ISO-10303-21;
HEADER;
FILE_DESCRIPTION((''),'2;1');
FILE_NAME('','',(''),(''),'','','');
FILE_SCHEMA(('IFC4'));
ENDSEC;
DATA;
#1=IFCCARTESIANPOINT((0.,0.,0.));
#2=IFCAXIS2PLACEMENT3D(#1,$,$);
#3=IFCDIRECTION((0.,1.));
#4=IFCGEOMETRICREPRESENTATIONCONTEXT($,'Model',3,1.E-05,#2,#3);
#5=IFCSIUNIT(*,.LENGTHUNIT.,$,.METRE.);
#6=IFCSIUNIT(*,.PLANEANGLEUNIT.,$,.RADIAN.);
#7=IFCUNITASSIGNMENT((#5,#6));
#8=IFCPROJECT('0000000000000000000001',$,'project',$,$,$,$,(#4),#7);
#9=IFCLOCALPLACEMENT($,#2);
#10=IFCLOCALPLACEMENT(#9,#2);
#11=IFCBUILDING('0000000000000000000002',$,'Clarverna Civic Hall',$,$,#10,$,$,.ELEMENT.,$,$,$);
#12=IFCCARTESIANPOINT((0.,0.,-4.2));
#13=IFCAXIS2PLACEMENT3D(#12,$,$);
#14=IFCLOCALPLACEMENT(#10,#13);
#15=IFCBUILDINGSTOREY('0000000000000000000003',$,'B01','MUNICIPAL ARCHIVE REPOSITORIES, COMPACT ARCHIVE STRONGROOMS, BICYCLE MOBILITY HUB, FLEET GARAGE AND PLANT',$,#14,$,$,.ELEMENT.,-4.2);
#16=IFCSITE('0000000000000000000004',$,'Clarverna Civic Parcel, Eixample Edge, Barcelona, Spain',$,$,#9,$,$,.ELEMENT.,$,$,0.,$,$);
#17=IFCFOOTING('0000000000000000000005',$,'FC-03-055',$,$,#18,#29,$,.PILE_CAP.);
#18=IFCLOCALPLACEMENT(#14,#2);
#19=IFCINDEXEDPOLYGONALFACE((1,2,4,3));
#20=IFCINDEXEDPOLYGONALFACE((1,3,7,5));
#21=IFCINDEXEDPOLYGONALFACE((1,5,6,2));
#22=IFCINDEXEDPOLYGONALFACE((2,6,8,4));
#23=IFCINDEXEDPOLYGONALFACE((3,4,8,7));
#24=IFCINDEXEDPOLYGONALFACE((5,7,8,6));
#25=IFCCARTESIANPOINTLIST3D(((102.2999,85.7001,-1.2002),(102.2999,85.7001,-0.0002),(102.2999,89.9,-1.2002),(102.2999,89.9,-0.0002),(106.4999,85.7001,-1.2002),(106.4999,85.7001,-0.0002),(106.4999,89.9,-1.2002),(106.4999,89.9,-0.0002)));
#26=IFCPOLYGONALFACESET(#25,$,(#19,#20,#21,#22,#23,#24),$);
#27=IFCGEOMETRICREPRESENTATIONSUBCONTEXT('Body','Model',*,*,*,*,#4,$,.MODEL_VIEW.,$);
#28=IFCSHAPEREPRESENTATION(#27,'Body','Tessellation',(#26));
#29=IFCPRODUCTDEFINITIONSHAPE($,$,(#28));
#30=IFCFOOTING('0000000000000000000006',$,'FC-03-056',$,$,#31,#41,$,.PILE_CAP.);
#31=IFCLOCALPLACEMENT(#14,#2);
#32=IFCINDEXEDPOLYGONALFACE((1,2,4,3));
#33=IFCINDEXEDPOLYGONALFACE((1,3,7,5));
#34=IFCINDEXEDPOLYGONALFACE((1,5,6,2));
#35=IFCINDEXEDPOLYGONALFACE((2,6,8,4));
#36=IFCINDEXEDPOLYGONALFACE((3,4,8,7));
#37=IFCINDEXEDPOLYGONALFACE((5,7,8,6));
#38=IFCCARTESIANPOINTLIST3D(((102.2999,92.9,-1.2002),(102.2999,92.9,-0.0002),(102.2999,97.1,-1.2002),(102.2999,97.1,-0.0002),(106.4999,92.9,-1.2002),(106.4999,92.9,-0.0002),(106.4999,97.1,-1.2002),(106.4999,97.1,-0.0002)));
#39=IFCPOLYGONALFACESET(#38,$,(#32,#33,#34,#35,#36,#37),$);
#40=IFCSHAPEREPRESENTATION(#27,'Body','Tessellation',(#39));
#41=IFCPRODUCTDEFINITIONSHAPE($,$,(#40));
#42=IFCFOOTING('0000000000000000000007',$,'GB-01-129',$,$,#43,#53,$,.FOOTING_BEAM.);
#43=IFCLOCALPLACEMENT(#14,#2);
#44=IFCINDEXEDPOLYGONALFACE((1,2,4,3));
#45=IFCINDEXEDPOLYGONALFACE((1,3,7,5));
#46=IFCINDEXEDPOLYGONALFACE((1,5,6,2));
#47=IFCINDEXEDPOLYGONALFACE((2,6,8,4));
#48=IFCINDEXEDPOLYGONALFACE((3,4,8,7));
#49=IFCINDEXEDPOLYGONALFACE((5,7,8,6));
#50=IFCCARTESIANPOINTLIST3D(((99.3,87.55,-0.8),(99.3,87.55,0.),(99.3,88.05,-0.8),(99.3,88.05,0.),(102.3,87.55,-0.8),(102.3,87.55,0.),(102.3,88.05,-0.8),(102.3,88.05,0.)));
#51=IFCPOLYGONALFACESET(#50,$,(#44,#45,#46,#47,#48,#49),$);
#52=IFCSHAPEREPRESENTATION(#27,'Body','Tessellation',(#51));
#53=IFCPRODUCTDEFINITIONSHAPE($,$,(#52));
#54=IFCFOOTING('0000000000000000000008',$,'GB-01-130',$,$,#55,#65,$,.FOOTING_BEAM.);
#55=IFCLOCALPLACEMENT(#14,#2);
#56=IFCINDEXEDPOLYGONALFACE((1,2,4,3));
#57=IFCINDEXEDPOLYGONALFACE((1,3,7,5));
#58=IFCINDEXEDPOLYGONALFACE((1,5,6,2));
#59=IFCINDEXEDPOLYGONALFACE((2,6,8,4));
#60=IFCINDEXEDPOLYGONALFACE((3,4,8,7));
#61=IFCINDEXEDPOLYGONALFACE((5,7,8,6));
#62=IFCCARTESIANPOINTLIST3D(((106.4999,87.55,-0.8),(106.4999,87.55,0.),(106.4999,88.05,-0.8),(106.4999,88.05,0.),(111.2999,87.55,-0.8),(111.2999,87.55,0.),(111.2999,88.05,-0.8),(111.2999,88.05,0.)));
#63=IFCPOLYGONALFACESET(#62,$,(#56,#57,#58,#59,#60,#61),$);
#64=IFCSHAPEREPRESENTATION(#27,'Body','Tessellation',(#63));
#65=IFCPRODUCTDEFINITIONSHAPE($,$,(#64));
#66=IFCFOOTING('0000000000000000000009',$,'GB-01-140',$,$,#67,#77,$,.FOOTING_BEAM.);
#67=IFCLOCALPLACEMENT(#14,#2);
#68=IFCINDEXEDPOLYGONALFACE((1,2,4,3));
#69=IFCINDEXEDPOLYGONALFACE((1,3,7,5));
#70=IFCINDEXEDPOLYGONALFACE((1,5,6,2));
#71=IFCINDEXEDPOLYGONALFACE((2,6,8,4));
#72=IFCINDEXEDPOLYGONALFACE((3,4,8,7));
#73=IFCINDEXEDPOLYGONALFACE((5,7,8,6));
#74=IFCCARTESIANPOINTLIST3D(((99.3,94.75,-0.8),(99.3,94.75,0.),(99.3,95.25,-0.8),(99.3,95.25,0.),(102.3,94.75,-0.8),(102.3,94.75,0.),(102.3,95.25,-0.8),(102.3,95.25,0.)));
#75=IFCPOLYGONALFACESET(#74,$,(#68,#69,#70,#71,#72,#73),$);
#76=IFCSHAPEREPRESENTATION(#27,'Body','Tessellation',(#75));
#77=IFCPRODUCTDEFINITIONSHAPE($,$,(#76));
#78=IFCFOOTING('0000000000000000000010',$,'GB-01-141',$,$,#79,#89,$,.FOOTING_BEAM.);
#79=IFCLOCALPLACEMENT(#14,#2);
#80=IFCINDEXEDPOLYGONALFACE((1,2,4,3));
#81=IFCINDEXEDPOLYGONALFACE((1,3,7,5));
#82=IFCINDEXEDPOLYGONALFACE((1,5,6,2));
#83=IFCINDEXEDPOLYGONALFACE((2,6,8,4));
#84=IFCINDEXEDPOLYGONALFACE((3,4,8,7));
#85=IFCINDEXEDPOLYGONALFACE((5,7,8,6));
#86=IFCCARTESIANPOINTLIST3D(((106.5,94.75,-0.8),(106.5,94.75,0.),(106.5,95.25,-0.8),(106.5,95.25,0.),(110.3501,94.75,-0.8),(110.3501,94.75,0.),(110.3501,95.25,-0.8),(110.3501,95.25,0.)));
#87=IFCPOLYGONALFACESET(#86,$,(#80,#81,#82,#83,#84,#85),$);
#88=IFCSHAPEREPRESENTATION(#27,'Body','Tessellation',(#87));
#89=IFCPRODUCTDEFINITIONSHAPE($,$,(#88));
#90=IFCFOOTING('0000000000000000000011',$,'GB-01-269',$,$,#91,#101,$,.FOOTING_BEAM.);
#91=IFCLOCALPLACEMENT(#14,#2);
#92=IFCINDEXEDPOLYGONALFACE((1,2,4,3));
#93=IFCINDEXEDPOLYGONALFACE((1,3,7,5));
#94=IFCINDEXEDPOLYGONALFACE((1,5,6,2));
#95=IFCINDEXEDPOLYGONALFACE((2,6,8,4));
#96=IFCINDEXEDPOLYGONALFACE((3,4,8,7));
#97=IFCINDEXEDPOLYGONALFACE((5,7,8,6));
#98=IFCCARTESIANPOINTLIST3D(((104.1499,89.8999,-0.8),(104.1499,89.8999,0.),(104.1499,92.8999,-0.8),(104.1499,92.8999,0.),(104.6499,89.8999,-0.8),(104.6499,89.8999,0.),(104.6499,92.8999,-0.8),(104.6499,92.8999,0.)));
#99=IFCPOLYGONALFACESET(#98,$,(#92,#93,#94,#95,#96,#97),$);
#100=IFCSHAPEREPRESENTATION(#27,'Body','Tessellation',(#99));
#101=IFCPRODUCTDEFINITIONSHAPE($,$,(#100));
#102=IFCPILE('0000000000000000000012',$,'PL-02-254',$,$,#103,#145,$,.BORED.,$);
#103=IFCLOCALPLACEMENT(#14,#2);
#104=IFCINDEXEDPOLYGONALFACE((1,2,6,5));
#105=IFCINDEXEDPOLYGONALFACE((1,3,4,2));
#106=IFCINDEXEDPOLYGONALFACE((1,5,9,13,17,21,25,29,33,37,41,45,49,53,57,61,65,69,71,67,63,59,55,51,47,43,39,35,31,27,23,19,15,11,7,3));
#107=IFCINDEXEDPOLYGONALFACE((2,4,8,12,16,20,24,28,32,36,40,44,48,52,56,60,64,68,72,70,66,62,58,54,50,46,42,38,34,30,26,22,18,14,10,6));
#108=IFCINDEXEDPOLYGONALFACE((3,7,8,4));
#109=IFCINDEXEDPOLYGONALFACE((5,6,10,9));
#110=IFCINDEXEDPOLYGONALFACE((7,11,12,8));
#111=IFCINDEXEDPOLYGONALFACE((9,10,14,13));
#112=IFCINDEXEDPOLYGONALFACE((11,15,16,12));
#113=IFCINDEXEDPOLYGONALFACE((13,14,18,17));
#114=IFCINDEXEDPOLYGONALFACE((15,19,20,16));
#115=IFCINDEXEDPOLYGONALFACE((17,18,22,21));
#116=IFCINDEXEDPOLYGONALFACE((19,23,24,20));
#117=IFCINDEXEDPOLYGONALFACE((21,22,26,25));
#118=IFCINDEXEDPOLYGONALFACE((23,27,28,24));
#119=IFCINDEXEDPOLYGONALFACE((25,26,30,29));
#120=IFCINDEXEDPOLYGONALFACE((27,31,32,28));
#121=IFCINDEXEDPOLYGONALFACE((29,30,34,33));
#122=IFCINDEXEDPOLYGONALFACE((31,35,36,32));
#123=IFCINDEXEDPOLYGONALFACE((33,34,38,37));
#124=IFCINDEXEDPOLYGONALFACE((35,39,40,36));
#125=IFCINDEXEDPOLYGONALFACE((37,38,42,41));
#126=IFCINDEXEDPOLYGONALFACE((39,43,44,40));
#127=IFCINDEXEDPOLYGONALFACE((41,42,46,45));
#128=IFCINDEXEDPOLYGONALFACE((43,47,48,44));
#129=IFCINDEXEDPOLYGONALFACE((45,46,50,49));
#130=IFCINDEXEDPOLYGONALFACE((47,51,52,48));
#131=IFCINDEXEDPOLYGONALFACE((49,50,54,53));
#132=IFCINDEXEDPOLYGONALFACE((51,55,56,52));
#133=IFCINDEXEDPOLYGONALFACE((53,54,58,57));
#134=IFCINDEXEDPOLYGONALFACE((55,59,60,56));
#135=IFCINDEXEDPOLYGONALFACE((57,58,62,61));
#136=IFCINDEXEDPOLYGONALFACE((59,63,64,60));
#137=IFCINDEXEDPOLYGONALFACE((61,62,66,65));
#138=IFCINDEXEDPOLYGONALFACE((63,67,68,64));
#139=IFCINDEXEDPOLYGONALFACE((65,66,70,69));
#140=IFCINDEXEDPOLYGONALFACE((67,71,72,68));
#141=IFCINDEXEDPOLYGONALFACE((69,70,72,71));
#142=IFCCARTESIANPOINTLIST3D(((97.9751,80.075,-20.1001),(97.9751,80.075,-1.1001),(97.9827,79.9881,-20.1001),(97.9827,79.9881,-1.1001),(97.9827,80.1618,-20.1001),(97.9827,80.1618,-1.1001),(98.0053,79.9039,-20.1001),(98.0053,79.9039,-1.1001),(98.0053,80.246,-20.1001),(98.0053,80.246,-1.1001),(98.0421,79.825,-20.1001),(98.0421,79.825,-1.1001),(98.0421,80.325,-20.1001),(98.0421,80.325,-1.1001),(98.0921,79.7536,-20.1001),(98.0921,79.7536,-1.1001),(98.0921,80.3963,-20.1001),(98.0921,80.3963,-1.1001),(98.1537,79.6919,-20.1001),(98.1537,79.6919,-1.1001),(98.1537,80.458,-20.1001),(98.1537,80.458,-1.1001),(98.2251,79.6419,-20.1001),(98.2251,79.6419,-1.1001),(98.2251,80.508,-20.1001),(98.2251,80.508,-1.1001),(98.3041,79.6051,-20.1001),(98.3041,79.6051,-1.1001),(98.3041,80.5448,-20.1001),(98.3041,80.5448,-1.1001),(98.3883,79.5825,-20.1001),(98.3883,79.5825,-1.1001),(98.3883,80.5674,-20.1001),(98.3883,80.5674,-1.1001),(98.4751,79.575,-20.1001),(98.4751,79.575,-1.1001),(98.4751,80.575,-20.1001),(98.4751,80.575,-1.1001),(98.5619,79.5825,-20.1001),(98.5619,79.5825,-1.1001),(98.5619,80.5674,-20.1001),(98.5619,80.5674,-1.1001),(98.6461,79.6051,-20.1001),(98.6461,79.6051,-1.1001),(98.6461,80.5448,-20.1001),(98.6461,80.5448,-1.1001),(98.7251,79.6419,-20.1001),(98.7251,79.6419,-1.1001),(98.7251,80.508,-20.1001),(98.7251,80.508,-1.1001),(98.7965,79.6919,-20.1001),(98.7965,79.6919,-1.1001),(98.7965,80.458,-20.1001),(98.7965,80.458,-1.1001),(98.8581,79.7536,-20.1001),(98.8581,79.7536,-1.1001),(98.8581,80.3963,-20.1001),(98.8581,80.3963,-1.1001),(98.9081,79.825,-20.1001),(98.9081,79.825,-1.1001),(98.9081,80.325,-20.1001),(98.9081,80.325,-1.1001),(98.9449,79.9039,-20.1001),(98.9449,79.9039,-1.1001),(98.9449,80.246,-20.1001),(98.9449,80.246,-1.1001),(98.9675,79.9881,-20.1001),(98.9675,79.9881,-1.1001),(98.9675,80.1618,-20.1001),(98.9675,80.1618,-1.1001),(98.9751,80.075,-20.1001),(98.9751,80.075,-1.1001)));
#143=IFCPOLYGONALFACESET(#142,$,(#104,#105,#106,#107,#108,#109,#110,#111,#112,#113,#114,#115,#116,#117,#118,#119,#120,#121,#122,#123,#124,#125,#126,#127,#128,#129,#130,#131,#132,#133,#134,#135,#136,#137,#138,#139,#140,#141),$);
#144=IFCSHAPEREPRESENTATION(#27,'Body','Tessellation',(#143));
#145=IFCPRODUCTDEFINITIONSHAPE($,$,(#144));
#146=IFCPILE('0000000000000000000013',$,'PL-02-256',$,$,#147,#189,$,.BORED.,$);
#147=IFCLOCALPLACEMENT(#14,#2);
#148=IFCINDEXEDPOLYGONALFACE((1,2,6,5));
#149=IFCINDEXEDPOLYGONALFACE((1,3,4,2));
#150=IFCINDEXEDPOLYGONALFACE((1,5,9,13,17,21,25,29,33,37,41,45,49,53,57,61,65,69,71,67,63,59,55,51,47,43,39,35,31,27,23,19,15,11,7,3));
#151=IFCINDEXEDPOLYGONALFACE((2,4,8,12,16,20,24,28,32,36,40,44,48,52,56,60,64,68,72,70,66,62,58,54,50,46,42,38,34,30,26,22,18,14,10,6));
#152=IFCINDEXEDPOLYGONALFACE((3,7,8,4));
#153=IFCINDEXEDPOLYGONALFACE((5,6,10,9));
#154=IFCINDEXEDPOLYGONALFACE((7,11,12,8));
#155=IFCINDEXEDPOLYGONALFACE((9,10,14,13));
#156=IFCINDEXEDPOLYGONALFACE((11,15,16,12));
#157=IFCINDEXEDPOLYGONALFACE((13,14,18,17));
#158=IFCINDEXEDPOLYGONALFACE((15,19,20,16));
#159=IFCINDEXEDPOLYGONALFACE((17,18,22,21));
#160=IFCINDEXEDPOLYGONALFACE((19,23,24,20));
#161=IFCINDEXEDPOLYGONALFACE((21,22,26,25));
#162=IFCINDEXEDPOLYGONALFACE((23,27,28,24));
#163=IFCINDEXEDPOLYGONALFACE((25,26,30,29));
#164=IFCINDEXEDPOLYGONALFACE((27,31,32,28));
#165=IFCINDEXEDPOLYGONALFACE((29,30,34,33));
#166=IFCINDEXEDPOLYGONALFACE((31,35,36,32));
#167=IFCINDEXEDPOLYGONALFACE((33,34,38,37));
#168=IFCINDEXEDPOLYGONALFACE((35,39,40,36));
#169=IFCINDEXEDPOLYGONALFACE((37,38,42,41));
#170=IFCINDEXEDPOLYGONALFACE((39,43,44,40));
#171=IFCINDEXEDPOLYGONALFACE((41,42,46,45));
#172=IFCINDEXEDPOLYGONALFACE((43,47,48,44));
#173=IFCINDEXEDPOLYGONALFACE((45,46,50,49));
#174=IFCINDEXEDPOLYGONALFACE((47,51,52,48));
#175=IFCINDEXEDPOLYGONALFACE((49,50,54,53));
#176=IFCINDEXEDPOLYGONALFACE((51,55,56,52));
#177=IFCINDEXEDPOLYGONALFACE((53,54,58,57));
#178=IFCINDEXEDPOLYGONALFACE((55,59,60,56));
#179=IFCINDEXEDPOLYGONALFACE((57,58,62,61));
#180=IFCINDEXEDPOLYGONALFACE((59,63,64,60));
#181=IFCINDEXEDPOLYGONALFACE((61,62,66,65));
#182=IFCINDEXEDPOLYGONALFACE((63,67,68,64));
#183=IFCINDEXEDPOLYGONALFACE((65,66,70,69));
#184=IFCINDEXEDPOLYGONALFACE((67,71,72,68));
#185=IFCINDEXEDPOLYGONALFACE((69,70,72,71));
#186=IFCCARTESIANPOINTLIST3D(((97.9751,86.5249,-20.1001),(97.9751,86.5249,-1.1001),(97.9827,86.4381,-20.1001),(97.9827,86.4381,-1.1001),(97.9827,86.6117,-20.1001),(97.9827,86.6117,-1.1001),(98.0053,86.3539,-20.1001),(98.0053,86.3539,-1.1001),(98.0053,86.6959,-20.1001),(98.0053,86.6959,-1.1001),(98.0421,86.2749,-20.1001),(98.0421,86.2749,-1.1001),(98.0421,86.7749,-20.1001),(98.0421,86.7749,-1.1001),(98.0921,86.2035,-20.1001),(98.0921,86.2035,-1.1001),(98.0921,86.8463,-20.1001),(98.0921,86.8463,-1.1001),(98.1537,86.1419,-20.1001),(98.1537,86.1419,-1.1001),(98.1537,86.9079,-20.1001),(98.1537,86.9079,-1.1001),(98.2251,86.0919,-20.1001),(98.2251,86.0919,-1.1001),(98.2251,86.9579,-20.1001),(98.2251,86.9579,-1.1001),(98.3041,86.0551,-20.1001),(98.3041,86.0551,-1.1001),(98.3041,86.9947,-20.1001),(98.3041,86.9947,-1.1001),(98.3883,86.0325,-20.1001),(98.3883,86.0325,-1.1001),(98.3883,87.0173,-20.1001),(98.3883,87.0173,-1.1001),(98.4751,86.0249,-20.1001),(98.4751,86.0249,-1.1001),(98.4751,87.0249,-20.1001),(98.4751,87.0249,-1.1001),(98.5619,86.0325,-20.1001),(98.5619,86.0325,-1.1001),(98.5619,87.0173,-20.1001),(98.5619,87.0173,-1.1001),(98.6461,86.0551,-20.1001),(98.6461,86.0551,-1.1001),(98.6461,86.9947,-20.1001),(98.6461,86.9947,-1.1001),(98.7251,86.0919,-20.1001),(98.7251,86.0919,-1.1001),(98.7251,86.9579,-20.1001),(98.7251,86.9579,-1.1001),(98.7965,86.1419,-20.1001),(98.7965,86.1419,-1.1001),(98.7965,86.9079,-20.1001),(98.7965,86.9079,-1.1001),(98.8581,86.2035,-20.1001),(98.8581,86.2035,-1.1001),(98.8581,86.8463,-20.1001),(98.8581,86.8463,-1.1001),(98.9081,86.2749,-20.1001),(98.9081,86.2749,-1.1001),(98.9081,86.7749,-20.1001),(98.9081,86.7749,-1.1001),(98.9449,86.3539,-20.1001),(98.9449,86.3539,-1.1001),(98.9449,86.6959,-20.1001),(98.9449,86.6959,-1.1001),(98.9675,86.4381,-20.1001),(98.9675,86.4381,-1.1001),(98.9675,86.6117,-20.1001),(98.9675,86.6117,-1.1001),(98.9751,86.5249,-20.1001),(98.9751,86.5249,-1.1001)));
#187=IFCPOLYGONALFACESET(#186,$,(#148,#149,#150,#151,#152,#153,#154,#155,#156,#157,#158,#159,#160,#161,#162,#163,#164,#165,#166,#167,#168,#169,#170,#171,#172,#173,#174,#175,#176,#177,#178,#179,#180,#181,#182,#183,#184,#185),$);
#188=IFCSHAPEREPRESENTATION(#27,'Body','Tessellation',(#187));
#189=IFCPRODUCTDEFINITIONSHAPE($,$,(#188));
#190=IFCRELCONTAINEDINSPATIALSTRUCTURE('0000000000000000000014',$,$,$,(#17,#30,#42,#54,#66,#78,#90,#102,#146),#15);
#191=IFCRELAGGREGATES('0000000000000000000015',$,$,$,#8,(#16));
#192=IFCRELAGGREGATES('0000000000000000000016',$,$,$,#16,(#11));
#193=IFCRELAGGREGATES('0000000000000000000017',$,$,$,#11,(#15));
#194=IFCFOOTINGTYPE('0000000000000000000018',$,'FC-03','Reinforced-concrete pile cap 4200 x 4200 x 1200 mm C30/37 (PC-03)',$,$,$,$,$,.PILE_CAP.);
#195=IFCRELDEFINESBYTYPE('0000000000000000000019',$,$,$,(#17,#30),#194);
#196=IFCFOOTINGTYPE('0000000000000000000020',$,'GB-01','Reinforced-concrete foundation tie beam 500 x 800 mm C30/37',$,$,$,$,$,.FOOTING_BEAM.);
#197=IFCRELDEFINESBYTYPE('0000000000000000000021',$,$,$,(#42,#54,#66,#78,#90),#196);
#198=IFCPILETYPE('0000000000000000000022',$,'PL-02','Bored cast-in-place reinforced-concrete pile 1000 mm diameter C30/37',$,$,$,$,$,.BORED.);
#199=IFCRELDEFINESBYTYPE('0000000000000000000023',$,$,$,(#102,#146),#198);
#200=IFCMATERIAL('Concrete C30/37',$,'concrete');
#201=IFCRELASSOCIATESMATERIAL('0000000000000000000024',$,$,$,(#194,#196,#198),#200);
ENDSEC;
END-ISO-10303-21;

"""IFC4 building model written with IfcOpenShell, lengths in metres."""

from ifc_helpers import new_model, si_unit, direction, frame, frame_2d, origin, origin_2d, place, context, subcontext, project, spatial, rectangle, circle, extrude, material, material_profile, profile_set, type_object, element, save


model = new_model("IFC4")

# Units and contexts
model_context = context("Model", 3, precision=1e-05, world=origin(), true_north=direction((0.0, 1.0)))
body_context = subcontext(model_context, "Body", "Model", "MODEL_VIEW")
ifc_project = project(units=[si_unit("LENGTHUNIT", "METRE"), si_unit("PLANEANGLEUNIT", "RADIAN")], contexts=[model_context])

# Site, building, storey
site_placement = place(None, origin())
site = spatial("IfcSite", under=ifc_project, at=site_placement, Name="Clarverna Civic Parcel, Eixample Edge, Barcelona, Spain", CompositionType="ELEMENT", RefElevation=0.0)
building_placement = place(site_placement, origin())
building = spatial("IfcBuilding", under=site, at=building_placement, Name="Clarverna Civic Hall", CompositionType="ELEMENT")
storey_placement = place(building_placement, frame((0.0, 0.0, -4.2)))
storey = spatial("IfcBuildingStorey", under=building, at=storey_placement, Name="B01", Description="MUNICIPAL ARCHIVE REPOSITORIES, COMPACT ARCHIVE STRONGROOMS, BICYCLE MOBILITY HUB, FLEET GARAGE AND PLANT", CompositionType="ELEMENT", Elevation=-4.2)

# Footings
ifc_material_1 = material(Name="Concrete C30/37", Category="concrete")
footing_type_1 = type_object("IfcFootingType", Name="FC-03", Description="Reinforced-concrete pile cap 4200 x 4200 x 1200 mm C30/37 (PC-03)", PredefinedType="PILE_CAP", material=ifc_material_1)
for number, where, z_axis, x_axis, name in (
    (1, (104.3999, 87.8, -1.2002), (0.0, 0.0, 1.0), (1.0, 0.0, 0.0), "FC-03-055"),
    (2, (104.3999, 95.0, -1.2002), (0.0, 0.0, 1.0), (1.0, 0.0, 0.0), "FC-03-056"),
):
    element("IfcFooting", number, at=place(storey_placement, frame(where, z_axis=z_axis, x_axis=x_axis)), inside=storey, type_object=footing_type_1, Name=name, PredefinedType="PILE_CAP", context=body_context, shape_type="SweptSolid", body=[
        extrude(rectangle(XDim=4.2, YDim=4.2, at=origin_2d()), origin(), (0.0, 0.0, 1.0), 1.2),
    ])
footing_type_2 = type_object("IfcFootingType", Name="GB-01", Description="Reinforced-concrete foundation tie beam 500 x 800 mm C30/37", PredefinedType="FOOTING_BEAM", material=ifc_material_1)
footing_1_placement = place(storey_placement, frame((99.3, 87.8, -0.8), z_axis=(0.0, 0.0, 1.0), x_axis=(1.0, 0.0, 0.0)))
element("IfcFooting", 3, at=footing_1_placement, inside=storey, type_object=footing_type_2, Name="GB-01-129", PredefinedType="FOOTING_BEAM", context=body_context, shape_type="SweptSolid", body=[
    extrude(rectangle(XDim=3.0, YDim=0.5, at=frame_2d((1.5, 0.0))), origin(), (0.0, 0.0, 1.0), 0.8),
])
footing_2_placement = place(storey_placement, frame((106.5, 87.8, -0.8), z_axis=(0.0, 0.0, 1.0), x_axis=(1.0, 0.0, 0.0)))
element("IfcFooting", 4, at=footing_2_placement, inside=storey, type_object=footing_type_2, Name="GB-01-130", PredefinedType="FOOTING_BEAM", context=body_context, shape_type="SweptSolid", body=[
    extrude(rectangle(XDim=4.8, YDim=0.5, at=frame_2d((2.3999, 0.0))), origin(), (0.0, 0.0, 1.0), 0.8),
])
footing_3_placement = place(storey_placement, frame((99.3, 95.0, -0.8), z_axis=(0.0, 0.0, 1.0), x_axis=(1.0, 0.0, 0.0)))
element("IfcFooting", 5, at=footing_3_placement, inside=storey, type_object=footing_type_2, Name="GB-01-140", PredefinedType="FOOTING_BEAM", context=body_context, shape_type="SweptSolid", body=[
    extrude(rectangle(XDim=3.0, YDim=0.5, at=frame_2d((1.5, 0.0))), origin(), (0.0, 0.0, 1.0), 0.8),
])
footing_4_placement = place(storey_placement, frame((106.5, 95.0, -0.8), z_axis=(0.0, 0.0, 1.0), x_axis=(1.0, 0.0, 0.0)))
element("IfcFooting", 6, at=footing_4_placement, inside=storey, type_object=footing_type_2, Name="GB-01-141", PredefinedType="FOOTING_BEAM", context=body_context, shape_type="SweptSolid", body=[
    extrude(rectangle(XDim=3.8501, YDim=0.5, at=frame_2d((1.925, 0.0))), origin(), (0.0, 0.0, 1.0), 0.8),
])
footing_5_placement = place(storey_placement, frame((104.3999, 89.8999, -0.8), z_axis=(0.0, 0.0, 1.0), x_axis=(0.0, 1.0, 0.0)))
element("IfcFooting", 7, at=footing_5_placement, inside=storey, type_object=footing_type_2, Name="GB-01-269", PredefinedType="FOOTING_BEAM", context=body_context, shape_type="SweptSolid", body=[
    extrude(rectangle(XDim=3.0, YDim=0.5, at=frame_2d((1.5, 0.0))), origin(), (0.0, 0.0, 1.0), 0.8),
])

# Piles
ifc_material_profile_1 = material_profile(ifc_material_1, circle(Radius=0.5, at=origin_2d()), Name="BORED PILE D1000")
ifc_profile_set_1 = profile_set([ifc_material_profile_1], Name="Concrete C30/37")
pile_type = type_object("IfcPileType", Name="PL-02", Description="Bored cast-in-place reinforced-concrete pile 1000 mm diameter C30/37", PredefinedType="BORED", material=ifc_profile_set_1)
for number, where, z_axis, x_axis, name in (
    (8, (98.4751, 80.075, -1.1001), (0.0, 0.0, -1.0), (1.0, 0.0, 0.0), "PL-02-254"),
    (9, (98.4751, 86.5249, -1.1001), (0.0, 0.0, -1.0), (1.0, 0.0, 0.0), "PL-02-256"),
):
    element("IfcPile", number, at=place(storey_placement, frame(where, z_axis=z_axis, x_axis=x_axis)), inside=storey, type_object=pile_type, Name=name, PredefinedType="BORED", context=body_context, shape_type="SweptSolid", body=[
        extrude(circle(Radius=0.5, at=origin_2d()), origin(), (0.0, 0.0, 1.0), 19.0),
    ])

save(model, "model.ifc")
